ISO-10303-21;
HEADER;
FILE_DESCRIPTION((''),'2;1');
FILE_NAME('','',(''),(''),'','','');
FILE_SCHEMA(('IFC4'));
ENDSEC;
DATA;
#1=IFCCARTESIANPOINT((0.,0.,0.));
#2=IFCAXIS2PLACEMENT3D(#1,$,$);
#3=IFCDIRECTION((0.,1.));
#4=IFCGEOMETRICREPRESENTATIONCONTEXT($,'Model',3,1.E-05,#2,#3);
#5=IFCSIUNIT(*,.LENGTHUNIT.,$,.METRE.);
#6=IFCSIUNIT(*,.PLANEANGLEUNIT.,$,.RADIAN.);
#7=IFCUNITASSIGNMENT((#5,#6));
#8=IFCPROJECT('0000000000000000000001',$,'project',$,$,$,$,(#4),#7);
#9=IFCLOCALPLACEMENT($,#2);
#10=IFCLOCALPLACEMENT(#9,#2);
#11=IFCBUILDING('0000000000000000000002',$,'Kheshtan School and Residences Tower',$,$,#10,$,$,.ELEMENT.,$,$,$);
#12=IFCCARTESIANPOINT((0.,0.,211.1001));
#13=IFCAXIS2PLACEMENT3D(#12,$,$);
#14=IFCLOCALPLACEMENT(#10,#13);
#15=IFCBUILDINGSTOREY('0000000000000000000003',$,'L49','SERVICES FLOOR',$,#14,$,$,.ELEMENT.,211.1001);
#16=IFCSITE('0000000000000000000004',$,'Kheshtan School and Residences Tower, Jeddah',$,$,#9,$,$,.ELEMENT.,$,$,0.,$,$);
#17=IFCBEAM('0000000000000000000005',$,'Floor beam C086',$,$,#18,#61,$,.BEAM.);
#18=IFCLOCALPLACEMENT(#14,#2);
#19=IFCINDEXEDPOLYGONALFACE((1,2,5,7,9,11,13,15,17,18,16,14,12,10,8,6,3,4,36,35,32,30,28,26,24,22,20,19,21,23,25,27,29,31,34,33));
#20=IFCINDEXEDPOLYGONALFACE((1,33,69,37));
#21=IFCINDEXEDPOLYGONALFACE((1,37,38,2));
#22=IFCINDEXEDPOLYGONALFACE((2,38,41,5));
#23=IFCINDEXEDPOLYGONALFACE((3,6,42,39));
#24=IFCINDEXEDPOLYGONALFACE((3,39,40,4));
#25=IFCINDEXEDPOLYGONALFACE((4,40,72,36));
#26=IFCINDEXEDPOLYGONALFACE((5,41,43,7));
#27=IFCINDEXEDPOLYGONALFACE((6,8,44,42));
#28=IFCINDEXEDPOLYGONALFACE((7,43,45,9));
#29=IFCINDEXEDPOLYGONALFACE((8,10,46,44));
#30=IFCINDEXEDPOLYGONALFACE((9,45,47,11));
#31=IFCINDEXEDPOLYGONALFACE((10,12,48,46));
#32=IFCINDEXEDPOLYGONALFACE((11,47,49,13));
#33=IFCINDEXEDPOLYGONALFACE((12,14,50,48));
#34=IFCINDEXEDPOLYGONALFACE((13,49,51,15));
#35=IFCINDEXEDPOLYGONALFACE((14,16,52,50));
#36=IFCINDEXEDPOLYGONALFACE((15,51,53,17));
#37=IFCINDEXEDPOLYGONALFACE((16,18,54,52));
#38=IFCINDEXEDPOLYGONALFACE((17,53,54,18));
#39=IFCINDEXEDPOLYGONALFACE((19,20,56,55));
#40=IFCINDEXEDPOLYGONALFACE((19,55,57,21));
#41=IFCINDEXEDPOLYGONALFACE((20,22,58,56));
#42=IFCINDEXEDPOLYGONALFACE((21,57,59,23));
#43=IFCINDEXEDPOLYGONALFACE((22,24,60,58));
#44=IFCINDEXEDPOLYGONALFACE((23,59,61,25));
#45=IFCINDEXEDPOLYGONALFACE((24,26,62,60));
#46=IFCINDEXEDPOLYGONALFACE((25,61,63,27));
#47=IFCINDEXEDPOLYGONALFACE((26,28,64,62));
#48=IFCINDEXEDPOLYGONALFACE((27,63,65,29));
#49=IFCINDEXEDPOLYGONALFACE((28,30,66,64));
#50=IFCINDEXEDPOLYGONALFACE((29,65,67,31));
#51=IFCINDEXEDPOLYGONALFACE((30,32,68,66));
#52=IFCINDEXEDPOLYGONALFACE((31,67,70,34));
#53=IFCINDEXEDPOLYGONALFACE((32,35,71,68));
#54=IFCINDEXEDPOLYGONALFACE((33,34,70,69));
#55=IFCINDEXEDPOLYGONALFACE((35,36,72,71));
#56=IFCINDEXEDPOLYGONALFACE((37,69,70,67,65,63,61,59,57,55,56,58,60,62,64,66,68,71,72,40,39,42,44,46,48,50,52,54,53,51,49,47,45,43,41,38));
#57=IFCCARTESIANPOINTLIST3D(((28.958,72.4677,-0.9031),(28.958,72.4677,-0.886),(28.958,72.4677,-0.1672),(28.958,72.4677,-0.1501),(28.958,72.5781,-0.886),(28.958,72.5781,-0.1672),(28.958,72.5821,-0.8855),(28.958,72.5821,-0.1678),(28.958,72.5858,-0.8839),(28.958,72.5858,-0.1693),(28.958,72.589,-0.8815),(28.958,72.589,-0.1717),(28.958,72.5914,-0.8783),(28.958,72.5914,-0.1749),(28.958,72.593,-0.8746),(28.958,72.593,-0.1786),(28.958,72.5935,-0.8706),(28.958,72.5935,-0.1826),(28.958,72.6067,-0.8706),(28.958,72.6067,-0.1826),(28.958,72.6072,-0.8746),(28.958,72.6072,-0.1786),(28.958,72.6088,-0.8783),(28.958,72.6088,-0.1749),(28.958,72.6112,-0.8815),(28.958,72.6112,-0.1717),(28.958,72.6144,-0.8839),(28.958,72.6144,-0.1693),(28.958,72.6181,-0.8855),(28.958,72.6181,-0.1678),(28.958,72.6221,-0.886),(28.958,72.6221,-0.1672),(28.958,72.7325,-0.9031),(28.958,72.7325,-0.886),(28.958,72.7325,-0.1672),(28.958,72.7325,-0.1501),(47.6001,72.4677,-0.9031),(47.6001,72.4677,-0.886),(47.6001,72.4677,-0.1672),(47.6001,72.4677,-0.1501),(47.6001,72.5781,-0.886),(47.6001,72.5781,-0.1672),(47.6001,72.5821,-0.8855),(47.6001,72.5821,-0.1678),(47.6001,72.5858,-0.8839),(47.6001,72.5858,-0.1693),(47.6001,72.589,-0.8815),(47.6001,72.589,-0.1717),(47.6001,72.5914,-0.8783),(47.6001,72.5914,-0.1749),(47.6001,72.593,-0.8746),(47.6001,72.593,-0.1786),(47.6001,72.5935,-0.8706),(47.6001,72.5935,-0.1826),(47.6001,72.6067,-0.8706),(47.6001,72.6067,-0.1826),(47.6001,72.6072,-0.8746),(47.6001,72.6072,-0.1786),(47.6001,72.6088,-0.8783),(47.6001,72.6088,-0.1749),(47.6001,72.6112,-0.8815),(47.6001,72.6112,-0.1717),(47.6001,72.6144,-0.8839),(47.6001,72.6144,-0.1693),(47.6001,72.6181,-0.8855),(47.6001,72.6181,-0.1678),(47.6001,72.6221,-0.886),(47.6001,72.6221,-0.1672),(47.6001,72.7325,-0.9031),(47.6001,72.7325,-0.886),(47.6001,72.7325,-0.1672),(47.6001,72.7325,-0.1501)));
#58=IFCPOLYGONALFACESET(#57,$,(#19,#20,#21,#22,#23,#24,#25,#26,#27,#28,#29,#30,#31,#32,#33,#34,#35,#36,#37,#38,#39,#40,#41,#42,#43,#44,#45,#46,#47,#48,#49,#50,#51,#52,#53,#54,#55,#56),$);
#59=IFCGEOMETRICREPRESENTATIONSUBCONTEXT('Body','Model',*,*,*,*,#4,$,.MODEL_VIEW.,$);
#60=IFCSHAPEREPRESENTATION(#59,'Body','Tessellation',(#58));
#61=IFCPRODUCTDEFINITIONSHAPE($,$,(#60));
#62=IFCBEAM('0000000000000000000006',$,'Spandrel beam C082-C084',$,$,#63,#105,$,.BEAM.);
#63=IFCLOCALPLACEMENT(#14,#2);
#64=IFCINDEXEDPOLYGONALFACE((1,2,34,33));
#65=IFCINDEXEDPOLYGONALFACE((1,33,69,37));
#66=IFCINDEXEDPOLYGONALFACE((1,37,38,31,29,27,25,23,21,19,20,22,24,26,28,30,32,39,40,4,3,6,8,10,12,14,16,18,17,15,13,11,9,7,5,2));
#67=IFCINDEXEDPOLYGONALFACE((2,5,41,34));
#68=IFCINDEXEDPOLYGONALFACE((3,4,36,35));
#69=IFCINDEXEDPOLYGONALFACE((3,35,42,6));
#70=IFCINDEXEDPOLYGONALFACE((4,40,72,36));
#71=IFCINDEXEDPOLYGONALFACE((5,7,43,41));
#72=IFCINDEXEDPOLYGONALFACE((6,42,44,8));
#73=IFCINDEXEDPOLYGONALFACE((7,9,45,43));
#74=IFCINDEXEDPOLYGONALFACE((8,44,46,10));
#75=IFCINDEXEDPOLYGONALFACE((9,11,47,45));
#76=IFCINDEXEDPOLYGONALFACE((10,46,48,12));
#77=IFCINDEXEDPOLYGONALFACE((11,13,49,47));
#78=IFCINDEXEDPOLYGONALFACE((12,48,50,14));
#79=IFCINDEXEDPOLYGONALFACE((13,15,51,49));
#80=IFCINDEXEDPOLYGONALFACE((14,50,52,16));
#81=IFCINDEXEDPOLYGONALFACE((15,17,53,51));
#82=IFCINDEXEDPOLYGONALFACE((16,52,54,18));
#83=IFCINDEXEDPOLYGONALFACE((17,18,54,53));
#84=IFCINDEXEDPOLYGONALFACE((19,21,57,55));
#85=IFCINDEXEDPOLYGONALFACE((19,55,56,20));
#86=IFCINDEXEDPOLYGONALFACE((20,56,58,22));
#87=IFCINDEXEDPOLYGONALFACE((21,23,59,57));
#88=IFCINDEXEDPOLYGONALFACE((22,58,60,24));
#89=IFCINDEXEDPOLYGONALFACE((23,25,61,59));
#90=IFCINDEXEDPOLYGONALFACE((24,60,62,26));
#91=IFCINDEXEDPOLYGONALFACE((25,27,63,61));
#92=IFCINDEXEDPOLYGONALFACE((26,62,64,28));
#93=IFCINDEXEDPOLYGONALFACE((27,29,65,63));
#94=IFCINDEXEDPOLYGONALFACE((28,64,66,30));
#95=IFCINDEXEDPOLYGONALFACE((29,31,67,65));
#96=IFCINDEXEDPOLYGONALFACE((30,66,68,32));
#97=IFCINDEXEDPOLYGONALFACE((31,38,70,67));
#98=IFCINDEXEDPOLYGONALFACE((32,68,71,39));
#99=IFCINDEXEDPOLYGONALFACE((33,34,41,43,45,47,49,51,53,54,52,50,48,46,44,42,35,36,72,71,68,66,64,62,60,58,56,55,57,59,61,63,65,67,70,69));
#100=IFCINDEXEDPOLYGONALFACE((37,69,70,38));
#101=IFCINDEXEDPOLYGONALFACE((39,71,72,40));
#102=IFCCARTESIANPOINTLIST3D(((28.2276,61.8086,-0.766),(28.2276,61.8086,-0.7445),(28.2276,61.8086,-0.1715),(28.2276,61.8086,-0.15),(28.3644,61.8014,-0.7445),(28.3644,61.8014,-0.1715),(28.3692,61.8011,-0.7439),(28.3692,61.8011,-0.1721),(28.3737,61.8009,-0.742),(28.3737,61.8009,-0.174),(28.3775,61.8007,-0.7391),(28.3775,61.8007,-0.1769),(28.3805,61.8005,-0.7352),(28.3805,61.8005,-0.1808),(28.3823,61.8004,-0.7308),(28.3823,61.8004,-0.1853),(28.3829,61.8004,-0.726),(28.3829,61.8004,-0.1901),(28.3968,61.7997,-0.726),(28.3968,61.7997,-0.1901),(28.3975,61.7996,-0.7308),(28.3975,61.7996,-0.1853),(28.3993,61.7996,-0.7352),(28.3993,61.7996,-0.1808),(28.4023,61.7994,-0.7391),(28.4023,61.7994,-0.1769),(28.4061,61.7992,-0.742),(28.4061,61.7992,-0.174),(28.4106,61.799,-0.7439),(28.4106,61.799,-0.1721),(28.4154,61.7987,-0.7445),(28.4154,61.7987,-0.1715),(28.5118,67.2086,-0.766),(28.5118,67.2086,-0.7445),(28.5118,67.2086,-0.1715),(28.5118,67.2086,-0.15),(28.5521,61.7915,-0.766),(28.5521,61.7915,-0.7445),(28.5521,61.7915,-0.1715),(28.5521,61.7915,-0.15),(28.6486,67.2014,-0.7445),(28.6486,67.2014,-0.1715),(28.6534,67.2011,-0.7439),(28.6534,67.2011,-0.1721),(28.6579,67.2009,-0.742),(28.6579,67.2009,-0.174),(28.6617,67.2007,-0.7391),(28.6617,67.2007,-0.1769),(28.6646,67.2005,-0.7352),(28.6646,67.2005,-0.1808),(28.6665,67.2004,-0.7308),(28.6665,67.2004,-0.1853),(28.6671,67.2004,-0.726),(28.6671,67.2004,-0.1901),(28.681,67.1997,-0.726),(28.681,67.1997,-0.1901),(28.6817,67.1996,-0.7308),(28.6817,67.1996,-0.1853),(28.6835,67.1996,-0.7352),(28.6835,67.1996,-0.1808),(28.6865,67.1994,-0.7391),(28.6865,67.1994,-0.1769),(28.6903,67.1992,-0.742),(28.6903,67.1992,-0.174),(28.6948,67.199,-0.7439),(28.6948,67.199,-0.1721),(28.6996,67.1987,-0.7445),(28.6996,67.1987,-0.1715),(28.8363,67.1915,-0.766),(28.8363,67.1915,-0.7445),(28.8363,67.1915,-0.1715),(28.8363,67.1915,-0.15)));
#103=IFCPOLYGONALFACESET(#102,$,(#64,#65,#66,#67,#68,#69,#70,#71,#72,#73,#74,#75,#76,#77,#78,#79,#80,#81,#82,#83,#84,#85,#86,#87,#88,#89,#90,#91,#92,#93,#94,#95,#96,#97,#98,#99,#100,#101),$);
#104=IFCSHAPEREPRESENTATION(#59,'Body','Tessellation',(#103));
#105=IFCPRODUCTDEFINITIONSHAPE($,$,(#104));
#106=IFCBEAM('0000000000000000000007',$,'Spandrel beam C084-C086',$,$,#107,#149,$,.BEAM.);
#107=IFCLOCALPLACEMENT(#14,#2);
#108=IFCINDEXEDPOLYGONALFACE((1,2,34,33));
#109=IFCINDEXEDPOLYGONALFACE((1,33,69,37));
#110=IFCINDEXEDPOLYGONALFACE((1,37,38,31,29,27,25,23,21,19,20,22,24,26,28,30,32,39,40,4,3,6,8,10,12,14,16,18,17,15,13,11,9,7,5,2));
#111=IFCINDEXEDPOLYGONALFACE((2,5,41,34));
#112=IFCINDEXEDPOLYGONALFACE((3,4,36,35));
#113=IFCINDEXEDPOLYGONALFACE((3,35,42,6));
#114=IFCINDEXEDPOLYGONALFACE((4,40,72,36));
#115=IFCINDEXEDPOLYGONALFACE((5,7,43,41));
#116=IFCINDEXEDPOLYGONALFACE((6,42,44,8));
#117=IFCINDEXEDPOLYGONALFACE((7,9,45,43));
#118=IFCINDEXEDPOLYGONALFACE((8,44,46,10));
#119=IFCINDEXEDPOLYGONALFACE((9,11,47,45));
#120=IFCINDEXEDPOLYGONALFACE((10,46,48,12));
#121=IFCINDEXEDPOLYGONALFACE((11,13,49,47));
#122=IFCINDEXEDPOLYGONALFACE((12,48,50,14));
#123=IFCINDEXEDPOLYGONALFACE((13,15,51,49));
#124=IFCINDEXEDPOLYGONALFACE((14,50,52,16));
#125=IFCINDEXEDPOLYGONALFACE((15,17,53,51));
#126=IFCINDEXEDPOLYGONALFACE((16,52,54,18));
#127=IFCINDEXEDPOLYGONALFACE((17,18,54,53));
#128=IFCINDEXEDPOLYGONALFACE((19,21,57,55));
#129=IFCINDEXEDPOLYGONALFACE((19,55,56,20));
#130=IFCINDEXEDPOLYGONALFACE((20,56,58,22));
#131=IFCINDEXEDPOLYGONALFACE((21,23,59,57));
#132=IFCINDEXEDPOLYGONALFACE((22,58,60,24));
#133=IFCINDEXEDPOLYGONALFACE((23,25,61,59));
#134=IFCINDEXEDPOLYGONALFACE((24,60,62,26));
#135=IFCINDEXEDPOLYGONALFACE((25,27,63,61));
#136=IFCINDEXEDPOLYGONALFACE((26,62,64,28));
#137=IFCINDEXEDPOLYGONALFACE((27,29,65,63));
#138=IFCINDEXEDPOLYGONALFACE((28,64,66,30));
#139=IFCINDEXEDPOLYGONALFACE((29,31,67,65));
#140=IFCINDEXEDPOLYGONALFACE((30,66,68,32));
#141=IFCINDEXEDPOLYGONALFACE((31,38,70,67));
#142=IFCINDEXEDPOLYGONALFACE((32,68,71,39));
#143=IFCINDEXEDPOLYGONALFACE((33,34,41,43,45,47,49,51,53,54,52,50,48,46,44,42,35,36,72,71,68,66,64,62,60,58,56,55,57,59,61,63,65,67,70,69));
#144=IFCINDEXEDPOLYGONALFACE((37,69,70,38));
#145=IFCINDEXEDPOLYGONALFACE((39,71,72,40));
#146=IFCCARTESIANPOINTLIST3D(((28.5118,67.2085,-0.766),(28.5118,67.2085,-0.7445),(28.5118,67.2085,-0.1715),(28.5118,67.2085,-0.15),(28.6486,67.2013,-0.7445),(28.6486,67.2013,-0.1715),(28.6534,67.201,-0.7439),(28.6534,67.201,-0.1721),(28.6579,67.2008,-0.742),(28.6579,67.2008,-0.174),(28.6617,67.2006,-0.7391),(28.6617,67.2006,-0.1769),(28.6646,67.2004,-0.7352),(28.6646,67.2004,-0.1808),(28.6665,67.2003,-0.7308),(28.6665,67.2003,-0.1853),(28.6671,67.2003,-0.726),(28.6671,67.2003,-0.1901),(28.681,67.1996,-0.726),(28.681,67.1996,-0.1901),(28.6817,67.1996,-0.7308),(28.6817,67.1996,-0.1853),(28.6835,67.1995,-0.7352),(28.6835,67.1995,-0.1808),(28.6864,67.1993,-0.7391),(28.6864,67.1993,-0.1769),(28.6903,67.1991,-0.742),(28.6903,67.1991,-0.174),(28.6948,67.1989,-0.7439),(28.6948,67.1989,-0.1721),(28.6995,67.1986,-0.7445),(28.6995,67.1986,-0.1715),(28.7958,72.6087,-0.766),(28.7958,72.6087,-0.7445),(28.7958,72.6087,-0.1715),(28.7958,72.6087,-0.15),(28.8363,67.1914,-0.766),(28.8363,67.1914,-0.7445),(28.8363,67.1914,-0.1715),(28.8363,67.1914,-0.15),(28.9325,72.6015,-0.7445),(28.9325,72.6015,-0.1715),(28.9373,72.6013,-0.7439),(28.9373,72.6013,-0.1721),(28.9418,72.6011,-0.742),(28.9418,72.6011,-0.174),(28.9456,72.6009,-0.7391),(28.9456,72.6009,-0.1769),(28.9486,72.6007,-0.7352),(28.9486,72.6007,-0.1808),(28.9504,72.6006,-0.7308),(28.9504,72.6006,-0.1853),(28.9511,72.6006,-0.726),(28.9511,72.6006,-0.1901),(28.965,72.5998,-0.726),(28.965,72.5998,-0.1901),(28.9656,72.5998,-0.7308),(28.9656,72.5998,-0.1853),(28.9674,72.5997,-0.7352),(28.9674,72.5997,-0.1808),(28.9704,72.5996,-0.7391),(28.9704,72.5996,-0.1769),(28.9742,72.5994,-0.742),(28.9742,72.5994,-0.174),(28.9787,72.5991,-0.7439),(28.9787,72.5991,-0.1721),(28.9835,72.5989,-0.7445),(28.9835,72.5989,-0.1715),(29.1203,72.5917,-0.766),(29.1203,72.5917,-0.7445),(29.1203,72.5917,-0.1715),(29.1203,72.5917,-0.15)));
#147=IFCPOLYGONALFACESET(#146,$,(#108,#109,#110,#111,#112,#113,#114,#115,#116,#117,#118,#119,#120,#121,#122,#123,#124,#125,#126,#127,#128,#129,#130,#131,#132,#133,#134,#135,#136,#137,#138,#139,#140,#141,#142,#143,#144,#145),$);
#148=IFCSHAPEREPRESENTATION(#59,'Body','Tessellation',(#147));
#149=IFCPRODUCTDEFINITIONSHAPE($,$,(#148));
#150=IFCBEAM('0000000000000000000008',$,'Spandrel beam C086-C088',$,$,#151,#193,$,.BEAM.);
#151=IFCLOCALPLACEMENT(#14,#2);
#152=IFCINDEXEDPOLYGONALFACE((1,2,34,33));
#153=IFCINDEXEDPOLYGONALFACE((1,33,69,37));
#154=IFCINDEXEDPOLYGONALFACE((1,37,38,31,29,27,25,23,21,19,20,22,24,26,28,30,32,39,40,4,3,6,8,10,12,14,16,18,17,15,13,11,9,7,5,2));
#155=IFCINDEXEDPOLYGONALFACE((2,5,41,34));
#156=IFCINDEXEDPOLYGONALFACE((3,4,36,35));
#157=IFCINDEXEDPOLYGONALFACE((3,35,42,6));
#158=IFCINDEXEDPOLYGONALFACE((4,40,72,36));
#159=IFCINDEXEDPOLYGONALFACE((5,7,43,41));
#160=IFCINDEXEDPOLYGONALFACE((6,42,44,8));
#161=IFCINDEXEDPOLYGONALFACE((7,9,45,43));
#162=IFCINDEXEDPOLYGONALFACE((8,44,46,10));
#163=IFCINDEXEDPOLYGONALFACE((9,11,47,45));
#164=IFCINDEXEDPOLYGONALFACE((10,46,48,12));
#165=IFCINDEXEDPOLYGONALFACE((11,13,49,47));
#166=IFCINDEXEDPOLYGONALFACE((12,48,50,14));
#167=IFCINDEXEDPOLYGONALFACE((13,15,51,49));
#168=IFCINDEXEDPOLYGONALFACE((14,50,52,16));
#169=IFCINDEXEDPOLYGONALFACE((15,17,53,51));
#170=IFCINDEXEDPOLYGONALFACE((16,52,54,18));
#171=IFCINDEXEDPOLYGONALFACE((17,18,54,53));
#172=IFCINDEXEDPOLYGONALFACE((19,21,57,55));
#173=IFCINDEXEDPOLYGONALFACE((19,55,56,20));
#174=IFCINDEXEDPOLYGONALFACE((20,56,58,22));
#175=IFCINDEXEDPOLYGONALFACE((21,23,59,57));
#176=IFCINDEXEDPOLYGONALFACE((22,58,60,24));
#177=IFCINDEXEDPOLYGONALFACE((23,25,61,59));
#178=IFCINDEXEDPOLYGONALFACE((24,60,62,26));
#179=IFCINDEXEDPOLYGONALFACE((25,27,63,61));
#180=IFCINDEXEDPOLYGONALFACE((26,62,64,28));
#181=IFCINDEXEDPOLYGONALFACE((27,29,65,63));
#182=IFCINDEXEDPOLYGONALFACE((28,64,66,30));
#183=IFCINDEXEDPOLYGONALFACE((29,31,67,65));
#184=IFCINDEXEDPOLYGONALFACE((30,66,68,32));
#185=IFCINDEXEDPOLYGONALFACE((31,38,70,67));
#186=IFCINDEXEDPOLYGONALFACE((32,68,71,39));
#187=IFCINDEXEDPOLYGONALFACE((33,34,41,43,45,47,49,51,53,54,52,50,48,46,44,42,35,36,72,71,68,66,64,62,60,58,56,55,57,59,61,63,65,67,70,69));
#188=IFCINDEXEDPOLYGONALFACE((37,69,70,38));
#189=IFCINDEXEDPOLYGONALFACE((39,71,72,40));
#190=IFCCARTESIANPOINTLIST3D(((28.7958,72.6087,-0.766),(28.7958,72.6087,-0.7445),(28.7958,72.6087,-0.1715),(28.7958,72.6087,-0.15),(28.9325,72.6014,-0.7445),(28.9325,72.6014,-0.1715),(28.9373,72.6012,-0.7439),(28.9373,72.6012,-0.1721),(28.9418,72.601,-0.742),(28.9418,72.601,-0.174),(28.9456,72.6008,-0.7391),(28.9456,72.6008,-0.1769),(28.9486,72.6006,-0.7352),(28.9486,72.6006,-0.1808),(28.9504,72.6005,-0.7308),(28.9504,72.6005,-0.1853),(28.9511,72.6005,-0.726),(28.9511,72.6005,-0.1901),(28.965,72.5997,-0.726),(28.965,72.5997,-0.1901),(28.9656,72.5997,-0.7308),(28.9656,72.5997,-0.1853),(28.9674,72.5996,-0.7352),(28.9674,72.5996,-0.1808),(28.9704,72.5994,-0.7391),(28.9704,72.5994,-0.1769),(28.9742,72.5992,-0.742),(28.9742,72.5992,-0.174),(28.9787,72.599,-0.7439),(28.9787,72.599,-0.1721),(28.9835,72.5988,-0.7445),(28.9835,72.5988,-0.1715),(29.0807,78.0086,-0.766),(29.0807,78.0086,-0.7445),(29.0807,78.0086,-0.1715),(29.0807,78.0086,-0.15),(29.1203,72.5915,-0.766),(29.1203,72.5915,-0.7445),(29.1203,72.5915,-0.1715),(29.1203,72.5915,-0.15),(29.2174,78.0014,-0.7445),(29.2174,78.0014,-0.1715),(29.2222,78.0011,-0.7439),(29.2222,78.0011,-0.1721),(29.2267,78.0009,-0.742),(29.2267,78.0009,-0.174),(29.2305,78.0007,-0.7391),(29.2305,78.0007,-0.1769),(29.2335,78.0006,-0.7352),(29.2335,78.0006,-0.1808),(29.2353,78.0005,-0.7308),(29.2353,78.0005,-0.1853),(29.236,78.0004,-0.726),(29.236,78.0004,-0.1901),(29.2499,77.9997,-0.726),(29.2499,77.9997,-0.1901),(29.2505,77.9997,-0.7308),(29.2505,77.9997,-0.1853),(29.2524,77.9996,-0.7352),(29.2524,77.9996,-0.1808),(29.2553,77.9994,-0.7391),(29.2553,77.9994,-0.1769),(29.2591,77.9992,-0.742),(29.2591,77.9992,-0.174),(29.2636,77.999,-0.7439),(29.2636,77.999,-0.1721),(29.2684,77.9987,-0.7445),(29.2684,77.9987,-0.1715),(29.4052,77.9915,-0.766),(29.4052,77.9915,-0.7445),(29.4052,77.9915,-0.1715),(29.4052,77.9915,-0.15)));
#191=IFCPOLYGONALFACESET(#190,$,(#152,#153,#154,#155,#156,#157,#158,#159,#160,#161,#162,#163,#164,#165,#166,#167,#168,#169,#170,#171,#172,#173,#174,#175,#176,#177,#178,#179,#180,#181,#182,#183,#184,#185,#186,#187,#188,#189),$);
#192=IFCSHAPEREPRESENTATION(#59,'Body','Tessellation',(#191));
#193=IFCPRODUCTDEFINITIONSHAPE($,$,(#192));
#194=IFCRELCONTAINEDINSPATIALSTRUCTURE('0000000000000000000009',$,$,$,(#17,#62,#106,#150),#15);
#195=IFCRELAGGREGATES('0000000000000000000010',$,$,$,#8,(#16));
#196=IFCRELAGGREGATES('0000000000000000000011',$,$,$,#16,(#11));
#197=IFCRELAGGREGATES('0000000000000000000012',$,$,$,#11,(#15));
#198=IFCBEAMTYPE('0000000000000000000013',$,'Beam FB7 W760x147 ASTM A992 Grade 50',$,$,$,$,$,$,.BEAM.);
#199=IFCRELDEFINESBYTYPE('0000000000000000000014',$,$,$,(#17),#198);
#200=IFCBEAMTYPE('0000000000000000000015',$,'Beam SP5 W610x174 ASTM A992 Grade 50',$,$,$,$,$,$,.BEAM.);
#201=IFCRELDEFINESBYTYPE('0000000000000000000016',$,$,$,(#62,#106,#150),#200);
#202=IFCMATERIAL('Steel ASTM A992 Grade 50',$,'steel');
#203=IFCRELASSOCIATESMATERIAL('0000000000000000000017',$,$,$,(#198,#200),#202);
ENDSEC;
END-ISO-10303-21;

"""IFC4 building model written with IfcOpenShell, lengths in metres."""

from ifc_helpers import new_model, si_unit, direction, frame, origin, origin_2d, place, context, subcontext, project, spatial, i_section, extrude, material, material_profile, profile_set, type_object, element, save


model = new_model("IFC4")

# Units and contexts
model_context = context("Model", 3, precision=1e-05, world=origin(), true_north=direction((0.0, 1.0)))
body_context = subcontext(model_context, "Body", "Model", "MODEL_VIEW")
ifc_project = project(units=[si_unit("LENGTHUNIT", "METRE"), si_unit("PLANEANGLEUNIT", "RADIAN")], contexts=[model_context])

# Site, building, storey
site_placement = place(None, origin())
site = spatial("IfcSite", under=ifc_project, at=site_placement, Name="Kheshtan School and Residences Tower, Jeddah", CompositionType="ELEMENT", RefElevation=0.0)
building_placement = place(site_placement, origin())
building = spatial("IfcBuilding", under=site, at=building_placement, Name="Kheshtan School and Residences Tower", CompositionType="ELEMENT")
storey_placement = place(building_placement, frame((0.0, 0.0, 211.1001)))
storey = spatial("IfcBuildingStorey", under=building, at=storey_placement, Name="L49", Description="SERVICES FLOOR", CompositionType="ELEMENT", Elevation=211.1001)

# Shared definitions
ifc_material_1 = material(Name="Steel ASTM A992 Grade 50", Category="steel")

# Beams
ifc_material_profile_1 = material_profile(ifc_material_1, i_section(OverallWidth=0.2649, OverallDepth=0.7529, WebThickness=0.0132, FlangeThickness=0.0171, FilletRadius=0.0154, at=origin_2d()), Name="W760x147")
ifc_profile_set_1 = profile_set([ifc_material_profile_1], Name="Steel ASTM A992 Grade 50")
beam_type_1 = type_object("IfcBeamType", Name="Beam FB7 W760x147 ASTM A992 Grade 50", PredefinedType="BEAM", material=ifc_profile_set_1)
beam_1_placement = place(storey_placement, frame((28.958, 72.6001, -0.5266), z_axis=(1.0, 0.0, 0.0), x_axis=(0.0, 1.0, 0.0)))
element("IfcBeam", 1, at=beam_1_placement, inside=storey, type_object=beam_type_1, Name="Floor beam C086", PredefinedType="BEAM", context=body_context, shape_type="SweptSolid", body=[
    extrude(i_section(OverallWidth=0.2649, OverallDepth=0.7529, WebThickness=0.0132, FlangeThickness=0.0171, FilletRadius=0.0154, at=origin_2d()), origin(), (0.0, 0.0, 1.0), 18.6421),
])
ifc_material_profile_2 = material_profile(ifc_material_1, i_section(OverallWidth=0.325, OverallDepth=0.616, WebThickness=0.0139, FlangeThickness=0.0215, FilletRadius=0.0186, at=origin_2d()), Name="W610x174")
ifc_profile_set_2 = profile_set([ifc_material_profile_2], Name="Steel ASTM A992 Grade 50")
beam_type_2 = type_object("IfcBeamType", Name="Beam SP5 W610x174 ASTM A992 Grade 50", PredefinedType="BEAM", material=ifc_profile_set_2)
beam_2_placement = place(storey_placement, frame((28.3899, 61.8, -0.458), z_axis=(0.052554, 0.998618, 0.0), x_axis=(-0.998618, 0.052554, 0.0)))
element("IfcBeam", 2, at=beam_2_placement, inside=storey, type_object=beam_type_2, Name="Spandrel beam C082-C084", PredefinedType="BEAM", context=body_context, shape_type="SweptSolid", body=[
    extrude(i_section(OverallWidth=0.325, OverallDepth=0.616, WebThickness=0.0139, FlangeThickness=0.0215, FilletRadius=0.0186, at=origin_2d()), origin(), (0.0, 0.0, 1.0), 5.4075),
])
beam_3_placement = place(storey_placement, frame((28.6741, 67.2, -0.458), z_axis=(0.052507, 0.998621, 0.0), x_axis=(-0.998621, 0.052507, 0.0)))
element("IfcBeam", 3, at=beam_3_placement, inside=storey, type_object=beam_type_2, Name="Spandrel beam C084-C086", PredefinedType="BEAM", context=body_context, shape_type="SweptSolid", body=[
    extrude(i_section(OverallWidth=0.325, OverallDepth=0.616, WebThickness=0.0139, FlangeThickness=0.0215, FilletRadius=0.0186, at=origin_2d()), origin(), (0.0, 0.0, 1.0), 5.4077),
])
beam_4_placement = place(storey_placement, frame((28.958, 72.6001, -0.458), z_axis=(0.052689, 0.998611, 0.0), x_axis=(-0.998611, 0.052689, 0.0)))
element("IfcBeam", 4, at=beam_4_placement, inside=storey, type_object=beam_type_2, Name="Spandrel beam C086-C088", PredefinedType="BEAM", context=body_context, shape_type="SweptSolid", body=[
    extrude(i_section(OverallWidth=0.325, OverallDepth=0.616, WebThickness=0.0139, FlangeThickness=0.0215, FilletRadius=0.0186, at=origin_2d()), origin(), (0.0, 0.0, 1.0), 5.4075),
])

save(model, "model.ifc")
